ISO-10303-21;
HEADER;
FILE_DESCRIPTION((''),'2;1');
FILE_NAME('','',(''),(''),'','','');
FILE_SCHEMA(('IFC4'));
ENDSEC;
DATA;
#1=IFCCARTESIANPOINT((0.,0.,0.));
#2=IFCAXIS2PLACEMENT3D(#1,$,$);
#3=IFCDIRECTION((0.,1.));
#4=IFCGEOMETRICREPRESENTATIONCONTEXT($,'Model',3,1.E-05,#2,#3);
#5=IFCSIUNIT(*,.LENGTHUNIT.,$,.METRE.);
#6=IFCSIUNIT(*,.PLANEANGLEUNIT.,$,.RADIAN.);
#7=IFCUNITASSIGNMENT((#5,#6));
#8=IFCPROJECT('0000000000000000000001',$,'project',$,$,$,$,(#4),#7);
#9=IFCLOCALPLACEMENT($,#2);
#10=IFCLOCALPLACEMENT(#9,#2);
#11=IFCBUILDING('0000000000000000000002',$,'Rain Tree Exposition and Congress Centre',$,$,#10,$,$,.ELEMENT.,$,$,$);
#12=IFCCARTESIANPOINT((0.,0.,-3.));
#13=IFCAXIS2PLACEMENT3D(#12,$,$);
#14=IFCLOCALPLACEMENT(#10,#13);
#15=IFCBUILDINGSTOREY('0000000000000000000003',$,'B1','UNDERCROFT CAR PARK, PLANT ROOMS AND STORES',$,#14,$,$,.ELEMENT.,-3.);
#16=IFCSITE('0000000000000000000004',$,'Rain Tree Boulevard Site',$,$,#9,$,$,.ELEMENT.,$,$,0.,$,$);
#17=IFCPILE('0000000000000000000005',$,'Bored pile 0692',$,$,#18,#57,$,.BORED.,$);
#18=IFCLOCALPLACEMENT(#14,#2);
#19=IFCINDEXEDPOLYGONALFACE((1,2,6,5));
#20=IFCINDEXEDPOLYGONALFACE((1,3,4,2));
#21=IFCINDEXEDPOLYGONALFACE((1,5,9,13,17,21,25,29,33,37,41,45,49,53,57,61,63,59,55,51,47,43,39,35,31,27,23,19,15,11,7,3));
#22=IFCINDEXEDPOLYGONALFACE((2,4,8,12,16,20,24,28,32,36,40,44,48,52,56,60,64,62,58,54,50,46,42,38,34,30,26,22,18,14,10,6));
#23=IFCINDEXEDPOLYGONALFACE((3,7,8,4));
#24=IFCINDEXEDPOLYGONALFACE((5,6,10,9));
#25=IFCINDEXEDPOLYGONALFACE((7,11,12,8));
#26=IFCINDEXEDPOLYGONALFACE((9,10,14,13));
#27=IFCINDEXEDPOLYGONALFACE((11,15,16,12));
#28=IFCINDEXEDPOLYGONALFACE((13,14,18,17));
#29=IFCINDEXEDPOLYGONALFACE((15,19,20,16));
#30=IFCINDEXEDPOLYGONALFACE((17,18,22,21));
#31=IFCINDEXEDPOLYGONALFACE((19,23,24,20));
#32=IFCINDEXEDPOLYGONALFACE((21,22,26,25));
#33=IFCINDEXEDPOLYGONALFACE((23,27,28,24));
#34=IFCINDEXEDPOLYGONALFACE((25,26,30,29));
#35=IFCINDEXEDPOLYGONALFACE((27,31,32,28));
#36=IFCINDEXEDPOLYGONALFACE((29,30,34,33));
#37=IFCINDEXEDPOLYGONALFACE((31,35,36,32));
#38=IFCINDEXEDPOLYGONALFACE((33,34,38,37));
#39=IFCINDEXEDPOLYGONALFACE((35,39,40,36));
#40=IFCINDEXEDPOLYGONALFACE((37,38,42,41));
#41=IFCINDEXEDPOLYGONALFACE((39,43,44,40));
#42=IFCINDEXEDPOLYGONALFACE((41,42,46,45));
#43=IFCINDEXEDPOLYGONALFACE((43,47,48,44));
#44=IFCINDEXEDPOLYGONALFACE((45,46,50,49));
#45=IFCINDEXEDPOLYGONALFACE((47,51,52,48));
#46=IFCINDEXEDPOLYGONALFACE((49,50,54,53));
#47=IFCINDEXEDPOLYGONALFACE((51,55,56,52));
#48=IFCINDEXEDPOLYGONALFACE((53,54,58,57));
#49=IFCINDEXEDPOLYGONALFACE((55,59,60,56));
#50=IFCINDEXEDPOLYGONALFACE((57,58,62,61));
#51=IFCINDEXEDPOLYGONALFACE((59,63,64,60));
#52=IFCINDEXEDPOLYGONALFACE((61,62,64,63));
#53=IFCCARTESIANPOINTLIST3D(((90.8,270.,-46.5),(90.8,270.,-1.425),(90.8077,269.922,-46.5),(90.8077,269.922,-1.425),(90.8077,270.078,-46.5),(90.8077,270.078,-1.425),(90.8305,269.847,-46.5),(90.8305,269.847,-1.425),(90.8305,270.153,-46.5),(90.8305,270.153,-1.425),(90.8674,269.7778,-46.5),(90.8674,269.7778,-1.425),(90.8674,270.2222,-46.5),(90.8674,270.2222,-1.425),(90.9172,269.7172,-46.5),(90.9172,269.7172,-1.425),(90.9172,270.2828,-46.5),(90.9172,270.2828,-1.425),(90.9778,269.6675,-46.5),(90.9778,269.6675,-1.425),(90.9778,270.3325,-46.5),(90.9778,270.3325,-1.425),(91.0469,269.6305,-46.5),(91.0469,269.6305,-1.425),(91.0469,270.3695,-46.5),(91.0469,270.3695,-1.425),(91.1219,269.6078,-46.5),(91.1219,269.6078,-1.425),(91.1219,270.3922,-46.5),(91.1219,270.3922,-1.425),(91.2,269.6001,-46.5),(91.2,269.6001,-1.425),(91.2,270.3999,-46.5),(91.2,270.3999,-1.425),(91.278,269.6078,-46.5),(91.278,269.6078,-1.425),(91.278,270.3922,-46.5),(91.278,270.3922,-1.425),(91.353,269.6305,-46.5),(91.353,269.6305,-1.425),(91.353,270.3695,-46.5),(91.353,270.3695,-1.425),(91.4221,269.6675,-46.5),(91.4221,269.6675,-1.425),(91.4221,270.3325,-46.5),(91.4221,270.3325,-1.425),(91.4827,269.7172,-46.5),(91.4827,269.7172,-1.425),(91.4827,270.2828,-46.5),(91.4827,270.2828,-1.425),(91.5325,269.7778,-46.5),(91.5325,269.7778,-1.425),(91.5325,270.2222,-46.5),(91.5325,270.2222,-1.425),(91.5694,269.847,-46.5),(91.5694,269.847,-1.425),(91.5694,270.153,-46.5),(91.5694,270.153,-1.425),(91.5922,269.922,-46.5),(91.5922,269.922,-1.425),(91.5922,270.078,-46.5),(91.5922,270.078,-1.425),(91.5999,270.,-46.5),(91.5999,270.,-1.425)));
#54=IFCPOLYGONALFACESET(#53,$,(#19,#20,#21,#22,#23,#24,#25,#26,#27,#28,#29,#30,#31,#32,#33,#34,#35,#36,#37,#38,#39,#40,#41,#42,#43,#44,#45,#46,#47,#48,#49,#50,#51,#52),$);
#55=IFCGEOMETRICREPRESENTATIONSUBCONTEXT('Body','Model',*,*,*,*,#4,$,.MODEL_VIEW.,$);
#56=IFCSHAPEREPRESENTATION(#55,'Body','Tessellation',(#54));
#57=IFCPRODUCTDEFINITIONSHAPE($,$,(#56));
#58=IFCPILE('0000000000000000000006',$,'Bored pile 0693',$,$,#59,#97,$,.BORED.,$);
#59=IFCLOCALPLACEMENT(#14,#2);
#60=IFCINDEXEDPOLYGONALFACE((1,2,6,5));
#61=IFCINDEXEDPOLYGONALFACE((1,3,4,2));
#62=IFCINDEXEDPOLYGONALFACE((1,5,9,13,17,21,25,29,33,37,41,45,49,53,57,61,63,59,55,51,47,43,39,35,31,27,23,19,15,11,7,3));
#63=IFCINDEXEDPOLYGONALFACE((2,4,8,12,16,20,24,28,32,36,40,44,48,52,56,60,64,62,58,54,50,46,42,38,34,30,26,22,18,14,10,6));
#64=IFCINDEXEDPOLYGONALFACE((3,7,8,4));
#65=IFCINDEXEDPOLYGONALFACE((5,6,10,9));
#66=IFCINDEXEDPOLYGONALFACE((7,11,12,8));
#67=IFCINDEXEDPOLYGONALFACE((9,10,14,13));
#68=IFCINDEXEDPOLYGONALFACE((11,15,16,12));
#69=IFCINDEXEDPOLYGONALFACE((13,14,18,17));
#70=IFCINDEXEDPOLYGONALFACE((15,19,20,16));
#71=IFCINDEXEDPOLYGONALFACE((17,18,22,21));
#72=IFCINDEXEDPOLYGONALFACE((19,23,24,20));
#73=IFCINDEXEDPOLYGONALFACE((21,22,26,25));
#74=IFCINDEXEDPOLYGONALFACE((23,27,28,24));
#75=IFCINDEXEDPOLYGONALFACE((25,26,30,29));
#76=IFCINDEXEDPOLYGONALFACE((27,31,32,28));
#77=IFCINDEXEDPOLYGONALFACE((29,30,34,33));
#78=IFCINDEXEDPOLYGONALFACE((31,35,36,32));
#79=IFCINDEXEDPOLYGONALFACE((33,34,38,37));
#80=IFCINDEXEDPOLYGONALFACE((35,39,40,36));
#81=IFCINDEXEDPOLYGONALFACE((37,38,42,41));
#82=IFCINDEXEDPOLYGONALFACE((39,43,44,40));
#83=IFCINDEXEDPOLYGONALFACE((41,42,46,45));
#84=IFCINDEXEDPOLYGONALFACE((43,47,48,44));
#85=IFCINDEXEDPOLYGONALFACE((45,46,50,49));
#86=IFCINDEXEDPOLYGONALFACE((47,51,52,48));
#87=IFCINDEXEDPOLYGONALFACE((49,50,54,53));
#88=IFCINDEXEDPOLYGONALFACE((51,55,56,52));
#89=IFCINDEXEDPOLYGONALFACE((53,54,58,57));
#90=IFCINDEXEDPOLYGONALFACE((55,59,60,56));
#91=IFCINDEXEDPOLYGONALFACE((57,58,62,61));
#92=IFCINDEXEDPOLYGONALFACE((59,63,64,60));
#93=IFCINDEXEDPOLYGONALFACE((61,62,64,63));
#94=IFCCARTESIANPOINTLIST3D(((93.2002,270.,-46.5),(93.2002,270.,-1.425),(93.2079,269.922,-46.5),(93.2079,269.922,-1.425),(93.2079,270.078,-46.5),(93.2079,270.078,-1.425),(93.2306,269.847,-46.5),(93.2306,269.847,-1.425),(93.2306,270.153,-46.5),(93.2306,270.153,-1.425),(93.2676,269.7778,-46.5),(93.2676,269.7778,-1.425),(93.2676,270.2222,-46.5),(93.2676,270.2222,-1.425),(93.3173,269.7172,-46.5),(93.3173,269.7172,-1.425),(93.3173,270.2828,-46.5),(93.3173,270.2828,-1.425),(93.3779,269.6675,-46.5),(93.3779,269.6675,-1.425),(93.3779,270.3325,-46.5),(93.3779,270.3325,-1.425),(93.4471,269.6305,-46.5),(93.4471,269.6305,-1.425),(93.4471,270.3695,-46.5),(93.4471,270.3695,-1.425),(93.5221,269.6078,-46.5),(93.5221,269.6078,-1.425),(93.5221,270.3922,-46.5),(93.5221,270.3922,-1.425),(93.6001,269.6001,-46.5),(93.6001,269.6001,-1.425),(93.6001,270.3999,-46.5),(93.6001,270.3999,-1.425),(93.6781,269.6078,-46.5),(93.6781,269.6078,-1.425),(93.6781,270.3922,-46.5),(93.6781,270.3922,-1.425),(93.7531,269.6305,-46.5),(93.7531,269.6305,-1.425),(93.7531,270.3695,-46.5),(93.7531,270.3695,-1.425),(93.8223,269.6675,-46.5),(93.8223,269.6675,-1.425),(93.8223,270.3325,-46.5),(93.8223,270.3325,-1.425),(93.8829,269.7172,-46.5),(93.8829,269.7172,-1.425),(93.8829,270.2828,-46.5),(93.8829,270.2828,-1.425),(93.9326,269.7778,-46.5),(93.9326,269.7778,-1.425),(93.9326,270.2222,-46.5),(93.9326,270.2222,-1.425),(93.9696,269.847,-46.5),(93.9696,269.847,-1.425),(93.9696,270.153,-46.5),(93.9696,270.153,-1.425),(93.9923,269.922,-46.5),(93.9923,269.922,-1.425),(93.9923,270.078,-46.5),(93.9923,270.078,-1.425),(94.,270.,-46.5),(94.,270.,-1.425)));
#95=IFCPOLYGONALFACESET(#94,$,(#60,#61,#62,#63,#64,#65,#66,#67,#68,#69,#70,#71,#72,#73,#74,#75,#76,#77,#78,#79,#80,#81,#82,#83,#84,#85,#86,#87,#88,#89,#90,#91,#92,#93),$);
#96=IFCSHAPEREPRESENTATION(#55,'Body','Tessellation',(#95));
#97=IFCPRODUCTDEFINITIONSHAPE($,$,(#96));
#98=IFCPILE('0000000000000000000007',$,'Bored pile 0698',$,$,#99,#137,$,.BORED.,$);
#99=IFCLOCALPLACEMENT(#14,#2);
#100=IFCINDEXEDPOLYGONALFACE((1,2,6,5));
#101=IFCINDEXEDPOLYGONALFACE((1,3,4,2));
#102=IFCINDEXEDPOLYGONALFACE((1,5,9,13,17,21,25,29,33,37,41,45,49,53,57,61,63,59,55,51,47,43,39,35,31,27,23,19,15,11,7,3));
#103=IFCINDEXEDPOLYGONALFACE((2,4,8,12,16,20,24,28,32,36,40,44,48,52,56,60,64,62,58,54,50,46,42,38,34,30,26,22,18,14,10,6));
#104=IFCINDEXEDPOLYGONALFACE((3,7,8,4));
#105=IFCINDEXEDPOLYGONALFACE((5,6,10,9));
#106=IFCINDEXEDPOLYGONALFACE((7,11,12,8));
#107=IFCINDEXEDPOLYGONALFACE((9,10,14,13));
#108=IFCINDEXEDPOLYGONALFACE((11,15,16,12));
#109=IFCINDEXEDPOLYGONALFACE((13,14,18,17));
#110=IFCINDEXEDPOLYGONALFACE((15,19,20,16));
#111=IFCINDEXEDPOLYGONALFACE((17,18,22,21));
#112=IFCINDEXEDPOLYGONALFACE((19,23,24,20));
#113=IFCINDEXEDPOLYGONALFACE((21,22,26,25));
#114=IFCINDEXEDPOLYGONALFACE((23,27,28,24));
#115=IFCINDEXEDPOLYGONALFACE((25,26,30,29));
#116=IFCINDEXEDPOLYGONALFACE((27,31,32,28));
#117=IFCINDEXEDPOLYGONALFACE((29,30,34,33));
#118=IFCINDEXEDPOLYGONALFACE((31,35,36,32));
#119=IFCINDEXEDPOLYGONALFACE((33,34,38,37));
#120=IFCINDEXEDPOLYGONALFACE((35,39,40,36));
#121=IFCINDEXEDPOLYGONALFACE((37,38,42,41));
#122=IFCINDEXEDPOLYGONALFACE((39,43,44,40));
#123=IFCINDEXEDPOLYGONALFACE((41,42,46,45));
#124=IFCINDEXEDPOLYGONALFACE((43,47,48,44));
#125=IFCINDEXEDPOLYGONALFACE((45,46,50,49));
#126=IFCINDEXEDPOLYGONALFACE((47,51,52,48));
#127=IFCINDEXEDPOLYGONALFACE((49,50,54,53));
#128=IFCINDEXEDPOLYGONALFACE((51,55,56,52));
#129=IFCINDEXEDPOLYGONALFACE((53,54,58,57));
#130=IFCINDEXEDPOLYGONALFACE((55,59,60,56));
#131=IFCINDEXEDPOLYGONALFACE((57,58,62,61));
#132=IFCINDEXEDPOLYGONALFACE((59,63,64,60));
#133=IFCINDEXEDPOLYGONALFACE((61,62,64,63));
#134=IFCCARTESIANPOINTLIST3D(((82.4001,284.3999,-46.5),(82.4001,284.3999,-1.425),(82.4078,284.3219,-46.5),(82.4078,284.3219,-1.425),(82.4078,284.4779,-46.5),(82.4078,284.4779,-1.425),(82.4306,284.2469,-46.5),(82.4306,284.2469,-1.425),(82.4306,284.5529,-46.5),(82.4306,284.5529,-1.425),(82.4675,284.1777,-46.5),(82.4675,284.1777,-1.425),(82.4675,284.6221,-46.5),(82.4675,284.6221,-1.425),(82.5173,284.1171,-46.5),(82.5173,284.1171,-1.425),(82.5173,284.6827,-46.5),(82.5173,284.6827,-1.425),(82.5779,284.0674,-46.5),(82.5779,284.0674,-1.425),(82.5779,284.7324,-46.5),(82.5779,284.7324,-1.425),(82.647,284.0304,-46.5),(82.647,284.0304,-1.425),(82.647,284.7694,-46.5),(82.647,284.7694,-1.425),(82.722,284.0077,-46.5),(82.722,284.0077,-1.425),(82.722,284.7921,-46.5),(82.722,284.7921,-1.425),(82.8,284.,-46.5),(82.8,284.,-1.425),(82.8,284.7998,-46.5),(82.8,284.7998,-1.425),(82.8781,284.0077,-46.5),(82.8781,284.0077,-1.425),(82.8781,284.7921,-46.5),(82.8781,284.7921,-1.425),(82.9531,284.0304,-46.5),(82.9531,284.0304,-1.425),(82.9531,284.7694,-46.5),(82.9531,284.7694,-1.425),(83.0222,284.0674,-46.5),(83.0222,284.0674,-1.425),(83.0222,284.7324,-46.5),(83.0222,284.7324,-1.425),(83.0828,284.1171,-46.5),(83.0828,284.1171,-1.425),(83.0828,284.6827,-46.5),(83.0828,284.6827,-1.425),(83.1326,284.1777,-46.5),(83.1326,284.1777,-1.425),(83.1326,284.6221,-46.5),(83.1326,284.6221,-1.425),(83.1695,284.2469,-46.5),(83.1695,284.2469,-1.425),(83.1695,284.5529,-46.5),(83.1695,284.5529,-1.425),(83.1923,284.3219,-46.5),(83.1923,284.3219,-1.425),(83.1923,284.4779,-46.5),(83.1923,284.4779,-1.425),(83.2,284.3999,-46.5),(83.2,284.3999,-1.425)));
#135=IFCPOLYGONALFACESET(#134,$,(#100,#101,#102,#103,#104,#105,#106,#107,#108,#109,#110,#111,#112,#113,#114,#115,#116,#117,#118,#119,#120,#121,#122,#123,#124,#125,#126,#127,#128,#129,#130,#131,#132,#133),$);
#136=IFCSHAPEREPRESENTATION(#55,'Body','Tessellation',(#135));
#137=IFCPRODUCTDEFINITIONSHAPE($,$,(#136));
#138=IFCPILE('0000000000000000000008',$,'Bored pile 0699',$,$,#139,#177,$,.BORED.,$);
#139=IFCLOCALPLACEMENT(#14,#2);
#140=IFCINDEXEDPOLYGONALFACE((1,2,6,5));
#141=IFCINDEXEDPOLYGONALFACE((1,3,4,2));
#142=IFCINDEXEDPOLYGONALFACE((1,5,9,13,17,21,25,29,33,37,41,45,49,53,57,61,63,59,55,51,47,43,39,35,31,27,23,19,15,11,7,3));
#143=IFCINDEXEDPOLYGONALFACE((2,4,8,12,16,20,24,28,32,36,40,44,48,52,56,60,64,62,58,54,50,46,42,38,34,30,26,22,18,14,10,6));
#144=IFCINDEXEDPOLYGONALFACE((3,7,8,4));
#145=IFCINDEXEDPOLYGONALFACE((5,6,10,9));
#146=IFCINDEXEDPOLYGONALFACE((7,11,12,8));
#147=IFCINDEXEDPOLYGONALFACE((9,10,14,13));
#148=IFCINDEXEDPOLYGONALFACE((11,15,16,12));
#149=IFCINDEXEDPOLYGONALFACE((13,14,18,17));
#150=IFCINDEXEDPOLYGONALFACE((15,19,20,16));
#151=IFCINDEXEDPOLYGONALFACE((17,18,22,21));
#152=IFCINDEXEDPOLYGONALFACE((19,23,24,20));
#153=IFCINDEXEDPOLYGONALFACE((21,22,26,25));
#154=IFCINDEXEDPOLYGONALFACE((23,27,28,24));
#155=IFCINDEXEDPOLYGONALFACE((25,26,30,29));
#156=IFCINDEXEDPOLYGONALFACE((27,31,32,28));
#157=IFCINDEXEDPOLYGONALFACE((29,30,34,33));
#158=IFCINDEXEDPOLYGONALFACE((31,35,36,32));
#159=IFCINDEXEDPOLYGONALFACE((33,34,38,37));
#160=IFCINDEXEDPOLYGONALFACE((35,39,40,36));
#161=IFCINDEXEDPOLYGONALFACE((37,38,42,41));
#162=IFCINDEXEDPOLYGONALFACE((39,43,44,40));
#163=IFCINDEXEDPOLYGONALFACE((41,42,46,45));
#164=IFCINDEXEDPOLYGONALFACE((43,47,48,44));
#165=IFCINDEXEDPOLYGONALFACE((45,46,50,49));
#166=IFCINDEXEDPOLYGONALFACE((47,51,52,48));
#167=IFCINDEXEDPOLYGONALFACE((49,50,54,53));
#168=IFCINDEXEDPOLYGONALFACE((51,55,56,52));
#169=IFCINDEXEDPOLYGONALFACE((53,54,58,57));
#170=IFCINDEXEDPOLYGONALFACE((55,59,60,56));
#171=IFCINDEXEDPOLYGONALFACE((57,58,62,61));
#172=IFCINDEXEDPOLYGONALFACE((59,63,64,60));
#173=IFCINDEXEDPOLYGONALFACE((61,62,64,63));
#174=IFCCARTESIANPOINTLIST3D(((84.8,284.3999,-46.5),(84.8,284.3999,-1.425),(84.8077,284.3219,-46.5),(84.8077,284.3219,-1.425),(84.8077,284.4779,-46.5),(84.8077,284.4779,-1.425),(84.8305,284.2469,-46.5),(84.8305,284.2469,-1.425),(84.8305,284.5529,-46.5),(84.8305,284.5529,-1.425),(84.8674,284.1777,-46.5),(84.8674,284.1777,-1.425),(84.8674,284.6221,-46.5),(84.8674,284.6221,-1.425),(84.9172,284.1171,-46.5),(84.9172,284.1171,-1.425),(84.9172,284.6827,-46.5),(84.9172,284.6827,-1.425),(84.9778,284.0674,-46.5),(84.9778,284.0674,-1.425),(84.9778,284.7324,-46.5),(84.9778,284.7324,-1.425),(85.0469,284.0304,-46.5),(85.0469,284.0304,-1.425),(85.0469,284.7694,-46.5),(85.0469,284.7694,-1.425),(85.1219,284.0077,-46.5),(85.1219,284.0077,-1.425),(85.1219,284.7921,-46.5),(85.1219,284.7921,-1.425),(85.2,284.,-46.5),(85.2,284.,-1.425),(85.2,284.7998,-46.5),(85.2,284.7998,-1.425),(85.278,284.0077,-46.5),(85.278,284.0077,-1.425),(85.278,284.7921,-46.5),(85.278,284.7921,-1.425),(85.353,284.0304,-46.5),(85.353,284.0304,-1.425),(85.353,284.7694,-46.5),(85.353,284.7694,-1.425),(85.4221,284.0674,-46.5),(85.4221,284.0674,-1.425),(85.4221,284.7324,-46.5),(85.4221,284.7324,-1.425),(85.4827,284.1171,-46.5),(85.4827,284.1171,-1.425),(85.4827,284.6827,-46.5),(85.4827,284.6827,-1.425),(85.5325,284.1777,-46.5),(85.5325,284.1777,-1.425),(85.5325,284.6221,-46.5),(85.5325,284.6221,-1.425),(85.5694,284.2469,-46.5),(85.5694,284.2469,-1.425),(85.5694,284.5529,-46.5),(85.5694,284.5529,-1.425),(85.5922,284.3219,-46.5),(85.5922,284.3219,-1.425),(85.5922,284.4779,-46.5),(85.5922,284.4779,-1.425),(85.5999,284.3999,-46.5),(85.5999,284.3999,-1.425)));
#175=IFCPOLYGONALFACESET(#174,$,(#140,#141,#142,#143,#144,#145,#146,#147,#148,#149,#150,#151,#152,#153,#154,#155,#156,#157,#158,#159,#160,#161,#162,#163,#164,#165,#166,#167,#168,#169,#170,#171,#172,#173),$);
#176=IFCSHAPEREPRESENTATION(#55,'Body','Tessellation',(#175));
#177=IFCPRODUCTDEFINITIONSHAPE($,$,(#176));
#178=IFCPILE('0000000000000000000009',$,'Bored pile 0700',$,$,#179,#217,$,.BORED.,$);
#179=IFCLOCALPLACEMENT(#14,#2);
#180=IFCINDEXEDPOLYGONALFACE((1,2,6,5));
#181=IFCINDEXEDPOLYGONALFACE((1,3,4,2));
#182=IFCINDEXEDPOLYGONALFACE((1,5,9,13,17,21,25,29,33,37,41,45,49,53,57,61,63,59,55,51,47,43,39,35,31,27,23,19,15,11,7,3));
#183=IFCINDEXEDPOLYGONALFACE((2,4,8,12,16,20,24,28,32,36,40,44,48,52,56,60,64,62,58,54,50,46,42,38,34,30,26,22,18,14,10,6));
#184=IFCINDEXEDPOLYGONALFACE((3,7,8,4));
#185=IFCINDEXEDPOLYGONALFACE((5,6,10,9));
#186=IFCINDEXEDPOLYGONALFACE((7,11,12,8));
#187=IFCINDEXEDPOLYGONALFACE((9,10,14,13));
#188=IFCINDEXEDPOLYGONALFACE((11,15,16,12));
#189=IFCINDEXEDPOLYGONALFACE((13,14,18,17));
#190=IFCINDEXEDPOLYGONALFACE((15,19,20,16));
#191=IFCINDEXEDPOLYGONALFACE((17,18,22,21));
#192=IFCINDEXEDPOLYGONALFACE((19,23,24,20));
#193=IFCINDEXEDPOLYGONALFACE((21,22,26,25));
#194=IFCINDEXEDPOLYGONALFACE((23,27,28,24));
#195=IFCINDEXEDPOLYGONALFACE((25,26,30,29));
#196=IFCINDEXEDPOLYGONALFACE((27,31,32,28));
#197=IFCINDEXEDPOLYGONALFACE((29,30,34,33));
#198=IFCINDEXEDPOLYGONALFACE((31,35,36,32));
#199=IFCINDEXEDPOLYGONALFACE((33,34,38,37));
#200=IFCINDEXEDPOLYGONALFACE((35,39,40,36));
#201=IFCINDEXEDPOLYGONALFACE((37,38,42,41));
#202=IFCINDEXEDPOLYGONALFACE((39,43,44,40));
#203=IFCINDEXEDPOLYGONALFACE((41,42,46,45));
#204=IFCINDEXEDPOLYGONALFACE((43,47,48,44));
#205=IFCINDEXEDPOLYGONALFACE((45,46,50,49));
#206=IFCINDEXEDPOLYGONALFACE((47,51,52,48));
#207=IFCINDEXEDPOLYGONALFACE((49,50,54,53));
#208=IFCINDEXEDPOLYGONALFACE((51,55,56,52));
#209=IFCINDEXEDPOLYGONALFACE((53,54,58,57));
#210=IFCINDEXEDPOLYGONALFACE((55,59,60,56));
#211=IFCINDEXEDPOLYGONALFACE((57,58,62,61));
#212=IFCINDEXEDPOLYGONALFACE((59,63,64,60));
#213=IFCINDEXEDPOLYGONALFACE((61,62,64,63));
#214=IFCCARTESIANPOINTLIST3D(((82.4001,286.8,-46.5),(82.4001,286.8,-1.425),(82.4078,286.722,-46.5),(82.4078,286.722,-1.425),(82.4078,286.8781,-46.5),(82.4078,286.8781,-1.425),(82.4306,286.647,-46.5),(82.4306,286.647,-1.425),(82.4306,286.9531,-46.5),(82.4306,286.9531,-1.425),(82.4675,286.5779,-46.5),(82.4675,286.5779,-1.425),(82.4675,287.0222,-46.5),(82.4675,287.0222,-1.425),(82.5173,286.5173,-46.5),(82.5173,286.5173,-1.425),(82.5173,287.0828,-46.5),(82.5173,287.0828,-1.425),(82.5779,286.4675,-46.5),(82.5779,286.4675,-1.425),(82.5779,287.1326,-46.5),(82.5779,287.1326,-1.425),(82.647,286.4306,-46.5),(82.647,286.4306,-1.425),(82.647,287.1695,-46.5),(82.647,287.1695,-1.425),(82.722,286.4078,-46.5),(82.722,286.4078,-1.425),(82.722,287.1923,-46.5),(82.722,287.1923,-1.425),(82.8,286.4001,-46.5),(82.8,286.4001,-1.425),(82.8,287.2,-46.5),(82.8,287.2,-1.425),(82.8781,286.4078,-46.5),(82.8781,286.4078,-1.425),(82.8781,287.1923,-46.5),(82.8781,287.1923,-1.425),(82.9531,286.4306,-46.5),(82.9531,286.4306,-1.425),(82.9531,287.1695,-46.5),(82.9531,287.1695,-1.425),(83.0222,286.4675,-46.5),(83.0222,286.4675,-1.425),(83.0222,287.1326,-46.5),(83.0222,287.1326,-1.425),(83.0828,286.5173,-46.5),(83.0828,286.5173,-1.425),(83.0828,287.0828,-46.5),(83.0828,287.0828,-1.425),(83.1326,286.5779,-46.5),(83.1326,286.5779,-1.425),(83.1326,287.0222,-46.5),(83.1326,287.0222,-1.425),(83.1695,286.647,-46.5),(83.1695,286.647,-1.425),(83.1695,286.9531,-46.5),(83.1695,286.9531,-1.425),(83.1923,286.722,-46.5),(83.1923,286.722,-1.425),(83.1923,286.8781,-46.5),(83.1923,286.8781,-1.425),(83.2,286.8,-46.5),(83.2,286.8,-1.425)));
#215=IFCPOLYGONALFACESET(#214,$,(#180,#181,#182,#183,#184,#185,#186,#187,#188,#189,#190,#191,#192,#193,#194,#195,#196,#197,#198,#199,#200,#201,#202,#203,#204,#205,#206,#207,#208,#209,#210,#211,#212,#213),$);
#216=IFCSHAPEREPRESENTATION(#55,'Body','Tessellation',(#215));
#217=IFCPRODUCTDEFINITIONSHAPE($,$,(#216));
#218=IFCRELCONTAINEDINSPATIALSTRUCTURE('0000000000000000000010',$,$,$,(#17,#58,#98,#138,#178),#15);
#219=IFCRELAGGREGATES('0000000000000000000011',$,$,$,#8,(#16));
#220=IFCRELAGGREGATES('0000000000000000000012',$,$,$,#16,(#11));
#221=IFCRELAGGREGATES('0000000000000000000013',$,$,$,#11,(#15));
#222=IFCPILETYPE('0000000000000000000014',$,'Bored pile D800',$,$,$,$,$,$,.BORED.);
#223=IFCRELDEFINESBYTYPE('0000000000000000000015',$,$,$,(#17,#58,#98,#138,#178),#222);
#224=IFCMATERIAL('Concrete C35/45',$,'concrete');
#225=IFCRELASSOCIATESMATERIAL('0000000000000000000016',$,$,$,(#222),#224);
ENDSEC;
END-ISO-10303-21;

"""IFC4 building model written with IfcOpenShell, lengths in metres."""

from ifc_helpers import new_model, si_unit, direction, frame, origin, origin_2d, place, context, subcontext, project, spatial, circle, extrude, material, material_profile, profile_set, type_object, element, save


model = new_model("IFC4")

# Units and contexts
model_context = context("Model", 3, precision=1e-05, world=origin(), true_north=direction((0.0, 1.0)))
body_context = subcontext(model_context, "Body", "Model", "MODEL_VIEW")
ifc_project = project(units=[si_unit("LENGTHUNIT", "METRE"), si_unit("PLANEANGLEUNIT", "RADIAN")], contexts=[model_context])

# Site, building, storey
site_placement = place(None, origin())
site = spatial("IfcSite", under=ifc_project, at=site_placement, Name="Rain Tree Boulevard Site", CompositionType="ELEMENT", RefElevation=0.0)
building_placement = place(site_placement, origin())
building = spatial("IfcBuilding", under=site, at=building_placement, Name="Rain Tree Exposition and Congress Centre", CompositionType="ELEMENT")
storey_placement = place(building_placement, frame((0.0, 0.0, -3.0)))
storey = spatial("IfcBuildingStorey", under=building, at=storey_placement, Name="B1", Description="UNDERCROFT CAR PARK, PLANT ROOMS AND STORES", CompositionType="ELEMENT", Elevation=-3.0)

# Piles
ifc_material_1 = material(Name="Concrete C35/45", Category="concrete")
ifc_material_profile_1 = material_profile(ifc_material_1, circle(Radius=0.3999, at=origin_2d()), Name="D800")
ifc_profile_set_1 = profile_set([ifc_material_profile_1], Name="Concrete C35/45")
pile_type_1 = type_object("IfcPileType", Name="Bored pile D800", PredefinedType="BORED", material=ifc_profile_set_1)
for number, where, z_axis, x_axis, name in (
    (1, (91.2, 270.0, -1.425), (0.0, 0.0, -1.0), (1.0, 0.0, 0.0), "Bored pile 0692"),
    (2, (93.6001, 270.0, -1.425), (0.0, 0.0, -1.0), (1.0, 0.0, 0.0), "Bored pile 0693"),
    (3, (82.8, 284.3999, -1.425), (0.0, 0.0, -1.0), (1.0, 0.0, 0.0), "Bored pile 0698"),
    (4, (85.2, 284.3999, -1.425), (0.0, 0.0, -1.0), (1.0, 0.0, 0.0), "Bored pile 0699"),
    (5, (82.8, 286.8, -1.425), (0.0, 0.0, -1.0), (1.0, 0.0, 0.0), "Bored pile 0700"),
):
    element("IfcPile", number, at=place(storey_placement, frame(where, z_axis=z_axis, x_axis=x_axis)), inside=storey, type_object=pile_type_1, Name=name, PredefinedType="BORED", context=body_context, shape_type="SweptSolid", body=[
        extrude(circle(Radius=0.3999, at=origin_2d()), origin(), (0.0, 0.0, 1.0), 45.075),
    ])

save(model, "model.ifc")
